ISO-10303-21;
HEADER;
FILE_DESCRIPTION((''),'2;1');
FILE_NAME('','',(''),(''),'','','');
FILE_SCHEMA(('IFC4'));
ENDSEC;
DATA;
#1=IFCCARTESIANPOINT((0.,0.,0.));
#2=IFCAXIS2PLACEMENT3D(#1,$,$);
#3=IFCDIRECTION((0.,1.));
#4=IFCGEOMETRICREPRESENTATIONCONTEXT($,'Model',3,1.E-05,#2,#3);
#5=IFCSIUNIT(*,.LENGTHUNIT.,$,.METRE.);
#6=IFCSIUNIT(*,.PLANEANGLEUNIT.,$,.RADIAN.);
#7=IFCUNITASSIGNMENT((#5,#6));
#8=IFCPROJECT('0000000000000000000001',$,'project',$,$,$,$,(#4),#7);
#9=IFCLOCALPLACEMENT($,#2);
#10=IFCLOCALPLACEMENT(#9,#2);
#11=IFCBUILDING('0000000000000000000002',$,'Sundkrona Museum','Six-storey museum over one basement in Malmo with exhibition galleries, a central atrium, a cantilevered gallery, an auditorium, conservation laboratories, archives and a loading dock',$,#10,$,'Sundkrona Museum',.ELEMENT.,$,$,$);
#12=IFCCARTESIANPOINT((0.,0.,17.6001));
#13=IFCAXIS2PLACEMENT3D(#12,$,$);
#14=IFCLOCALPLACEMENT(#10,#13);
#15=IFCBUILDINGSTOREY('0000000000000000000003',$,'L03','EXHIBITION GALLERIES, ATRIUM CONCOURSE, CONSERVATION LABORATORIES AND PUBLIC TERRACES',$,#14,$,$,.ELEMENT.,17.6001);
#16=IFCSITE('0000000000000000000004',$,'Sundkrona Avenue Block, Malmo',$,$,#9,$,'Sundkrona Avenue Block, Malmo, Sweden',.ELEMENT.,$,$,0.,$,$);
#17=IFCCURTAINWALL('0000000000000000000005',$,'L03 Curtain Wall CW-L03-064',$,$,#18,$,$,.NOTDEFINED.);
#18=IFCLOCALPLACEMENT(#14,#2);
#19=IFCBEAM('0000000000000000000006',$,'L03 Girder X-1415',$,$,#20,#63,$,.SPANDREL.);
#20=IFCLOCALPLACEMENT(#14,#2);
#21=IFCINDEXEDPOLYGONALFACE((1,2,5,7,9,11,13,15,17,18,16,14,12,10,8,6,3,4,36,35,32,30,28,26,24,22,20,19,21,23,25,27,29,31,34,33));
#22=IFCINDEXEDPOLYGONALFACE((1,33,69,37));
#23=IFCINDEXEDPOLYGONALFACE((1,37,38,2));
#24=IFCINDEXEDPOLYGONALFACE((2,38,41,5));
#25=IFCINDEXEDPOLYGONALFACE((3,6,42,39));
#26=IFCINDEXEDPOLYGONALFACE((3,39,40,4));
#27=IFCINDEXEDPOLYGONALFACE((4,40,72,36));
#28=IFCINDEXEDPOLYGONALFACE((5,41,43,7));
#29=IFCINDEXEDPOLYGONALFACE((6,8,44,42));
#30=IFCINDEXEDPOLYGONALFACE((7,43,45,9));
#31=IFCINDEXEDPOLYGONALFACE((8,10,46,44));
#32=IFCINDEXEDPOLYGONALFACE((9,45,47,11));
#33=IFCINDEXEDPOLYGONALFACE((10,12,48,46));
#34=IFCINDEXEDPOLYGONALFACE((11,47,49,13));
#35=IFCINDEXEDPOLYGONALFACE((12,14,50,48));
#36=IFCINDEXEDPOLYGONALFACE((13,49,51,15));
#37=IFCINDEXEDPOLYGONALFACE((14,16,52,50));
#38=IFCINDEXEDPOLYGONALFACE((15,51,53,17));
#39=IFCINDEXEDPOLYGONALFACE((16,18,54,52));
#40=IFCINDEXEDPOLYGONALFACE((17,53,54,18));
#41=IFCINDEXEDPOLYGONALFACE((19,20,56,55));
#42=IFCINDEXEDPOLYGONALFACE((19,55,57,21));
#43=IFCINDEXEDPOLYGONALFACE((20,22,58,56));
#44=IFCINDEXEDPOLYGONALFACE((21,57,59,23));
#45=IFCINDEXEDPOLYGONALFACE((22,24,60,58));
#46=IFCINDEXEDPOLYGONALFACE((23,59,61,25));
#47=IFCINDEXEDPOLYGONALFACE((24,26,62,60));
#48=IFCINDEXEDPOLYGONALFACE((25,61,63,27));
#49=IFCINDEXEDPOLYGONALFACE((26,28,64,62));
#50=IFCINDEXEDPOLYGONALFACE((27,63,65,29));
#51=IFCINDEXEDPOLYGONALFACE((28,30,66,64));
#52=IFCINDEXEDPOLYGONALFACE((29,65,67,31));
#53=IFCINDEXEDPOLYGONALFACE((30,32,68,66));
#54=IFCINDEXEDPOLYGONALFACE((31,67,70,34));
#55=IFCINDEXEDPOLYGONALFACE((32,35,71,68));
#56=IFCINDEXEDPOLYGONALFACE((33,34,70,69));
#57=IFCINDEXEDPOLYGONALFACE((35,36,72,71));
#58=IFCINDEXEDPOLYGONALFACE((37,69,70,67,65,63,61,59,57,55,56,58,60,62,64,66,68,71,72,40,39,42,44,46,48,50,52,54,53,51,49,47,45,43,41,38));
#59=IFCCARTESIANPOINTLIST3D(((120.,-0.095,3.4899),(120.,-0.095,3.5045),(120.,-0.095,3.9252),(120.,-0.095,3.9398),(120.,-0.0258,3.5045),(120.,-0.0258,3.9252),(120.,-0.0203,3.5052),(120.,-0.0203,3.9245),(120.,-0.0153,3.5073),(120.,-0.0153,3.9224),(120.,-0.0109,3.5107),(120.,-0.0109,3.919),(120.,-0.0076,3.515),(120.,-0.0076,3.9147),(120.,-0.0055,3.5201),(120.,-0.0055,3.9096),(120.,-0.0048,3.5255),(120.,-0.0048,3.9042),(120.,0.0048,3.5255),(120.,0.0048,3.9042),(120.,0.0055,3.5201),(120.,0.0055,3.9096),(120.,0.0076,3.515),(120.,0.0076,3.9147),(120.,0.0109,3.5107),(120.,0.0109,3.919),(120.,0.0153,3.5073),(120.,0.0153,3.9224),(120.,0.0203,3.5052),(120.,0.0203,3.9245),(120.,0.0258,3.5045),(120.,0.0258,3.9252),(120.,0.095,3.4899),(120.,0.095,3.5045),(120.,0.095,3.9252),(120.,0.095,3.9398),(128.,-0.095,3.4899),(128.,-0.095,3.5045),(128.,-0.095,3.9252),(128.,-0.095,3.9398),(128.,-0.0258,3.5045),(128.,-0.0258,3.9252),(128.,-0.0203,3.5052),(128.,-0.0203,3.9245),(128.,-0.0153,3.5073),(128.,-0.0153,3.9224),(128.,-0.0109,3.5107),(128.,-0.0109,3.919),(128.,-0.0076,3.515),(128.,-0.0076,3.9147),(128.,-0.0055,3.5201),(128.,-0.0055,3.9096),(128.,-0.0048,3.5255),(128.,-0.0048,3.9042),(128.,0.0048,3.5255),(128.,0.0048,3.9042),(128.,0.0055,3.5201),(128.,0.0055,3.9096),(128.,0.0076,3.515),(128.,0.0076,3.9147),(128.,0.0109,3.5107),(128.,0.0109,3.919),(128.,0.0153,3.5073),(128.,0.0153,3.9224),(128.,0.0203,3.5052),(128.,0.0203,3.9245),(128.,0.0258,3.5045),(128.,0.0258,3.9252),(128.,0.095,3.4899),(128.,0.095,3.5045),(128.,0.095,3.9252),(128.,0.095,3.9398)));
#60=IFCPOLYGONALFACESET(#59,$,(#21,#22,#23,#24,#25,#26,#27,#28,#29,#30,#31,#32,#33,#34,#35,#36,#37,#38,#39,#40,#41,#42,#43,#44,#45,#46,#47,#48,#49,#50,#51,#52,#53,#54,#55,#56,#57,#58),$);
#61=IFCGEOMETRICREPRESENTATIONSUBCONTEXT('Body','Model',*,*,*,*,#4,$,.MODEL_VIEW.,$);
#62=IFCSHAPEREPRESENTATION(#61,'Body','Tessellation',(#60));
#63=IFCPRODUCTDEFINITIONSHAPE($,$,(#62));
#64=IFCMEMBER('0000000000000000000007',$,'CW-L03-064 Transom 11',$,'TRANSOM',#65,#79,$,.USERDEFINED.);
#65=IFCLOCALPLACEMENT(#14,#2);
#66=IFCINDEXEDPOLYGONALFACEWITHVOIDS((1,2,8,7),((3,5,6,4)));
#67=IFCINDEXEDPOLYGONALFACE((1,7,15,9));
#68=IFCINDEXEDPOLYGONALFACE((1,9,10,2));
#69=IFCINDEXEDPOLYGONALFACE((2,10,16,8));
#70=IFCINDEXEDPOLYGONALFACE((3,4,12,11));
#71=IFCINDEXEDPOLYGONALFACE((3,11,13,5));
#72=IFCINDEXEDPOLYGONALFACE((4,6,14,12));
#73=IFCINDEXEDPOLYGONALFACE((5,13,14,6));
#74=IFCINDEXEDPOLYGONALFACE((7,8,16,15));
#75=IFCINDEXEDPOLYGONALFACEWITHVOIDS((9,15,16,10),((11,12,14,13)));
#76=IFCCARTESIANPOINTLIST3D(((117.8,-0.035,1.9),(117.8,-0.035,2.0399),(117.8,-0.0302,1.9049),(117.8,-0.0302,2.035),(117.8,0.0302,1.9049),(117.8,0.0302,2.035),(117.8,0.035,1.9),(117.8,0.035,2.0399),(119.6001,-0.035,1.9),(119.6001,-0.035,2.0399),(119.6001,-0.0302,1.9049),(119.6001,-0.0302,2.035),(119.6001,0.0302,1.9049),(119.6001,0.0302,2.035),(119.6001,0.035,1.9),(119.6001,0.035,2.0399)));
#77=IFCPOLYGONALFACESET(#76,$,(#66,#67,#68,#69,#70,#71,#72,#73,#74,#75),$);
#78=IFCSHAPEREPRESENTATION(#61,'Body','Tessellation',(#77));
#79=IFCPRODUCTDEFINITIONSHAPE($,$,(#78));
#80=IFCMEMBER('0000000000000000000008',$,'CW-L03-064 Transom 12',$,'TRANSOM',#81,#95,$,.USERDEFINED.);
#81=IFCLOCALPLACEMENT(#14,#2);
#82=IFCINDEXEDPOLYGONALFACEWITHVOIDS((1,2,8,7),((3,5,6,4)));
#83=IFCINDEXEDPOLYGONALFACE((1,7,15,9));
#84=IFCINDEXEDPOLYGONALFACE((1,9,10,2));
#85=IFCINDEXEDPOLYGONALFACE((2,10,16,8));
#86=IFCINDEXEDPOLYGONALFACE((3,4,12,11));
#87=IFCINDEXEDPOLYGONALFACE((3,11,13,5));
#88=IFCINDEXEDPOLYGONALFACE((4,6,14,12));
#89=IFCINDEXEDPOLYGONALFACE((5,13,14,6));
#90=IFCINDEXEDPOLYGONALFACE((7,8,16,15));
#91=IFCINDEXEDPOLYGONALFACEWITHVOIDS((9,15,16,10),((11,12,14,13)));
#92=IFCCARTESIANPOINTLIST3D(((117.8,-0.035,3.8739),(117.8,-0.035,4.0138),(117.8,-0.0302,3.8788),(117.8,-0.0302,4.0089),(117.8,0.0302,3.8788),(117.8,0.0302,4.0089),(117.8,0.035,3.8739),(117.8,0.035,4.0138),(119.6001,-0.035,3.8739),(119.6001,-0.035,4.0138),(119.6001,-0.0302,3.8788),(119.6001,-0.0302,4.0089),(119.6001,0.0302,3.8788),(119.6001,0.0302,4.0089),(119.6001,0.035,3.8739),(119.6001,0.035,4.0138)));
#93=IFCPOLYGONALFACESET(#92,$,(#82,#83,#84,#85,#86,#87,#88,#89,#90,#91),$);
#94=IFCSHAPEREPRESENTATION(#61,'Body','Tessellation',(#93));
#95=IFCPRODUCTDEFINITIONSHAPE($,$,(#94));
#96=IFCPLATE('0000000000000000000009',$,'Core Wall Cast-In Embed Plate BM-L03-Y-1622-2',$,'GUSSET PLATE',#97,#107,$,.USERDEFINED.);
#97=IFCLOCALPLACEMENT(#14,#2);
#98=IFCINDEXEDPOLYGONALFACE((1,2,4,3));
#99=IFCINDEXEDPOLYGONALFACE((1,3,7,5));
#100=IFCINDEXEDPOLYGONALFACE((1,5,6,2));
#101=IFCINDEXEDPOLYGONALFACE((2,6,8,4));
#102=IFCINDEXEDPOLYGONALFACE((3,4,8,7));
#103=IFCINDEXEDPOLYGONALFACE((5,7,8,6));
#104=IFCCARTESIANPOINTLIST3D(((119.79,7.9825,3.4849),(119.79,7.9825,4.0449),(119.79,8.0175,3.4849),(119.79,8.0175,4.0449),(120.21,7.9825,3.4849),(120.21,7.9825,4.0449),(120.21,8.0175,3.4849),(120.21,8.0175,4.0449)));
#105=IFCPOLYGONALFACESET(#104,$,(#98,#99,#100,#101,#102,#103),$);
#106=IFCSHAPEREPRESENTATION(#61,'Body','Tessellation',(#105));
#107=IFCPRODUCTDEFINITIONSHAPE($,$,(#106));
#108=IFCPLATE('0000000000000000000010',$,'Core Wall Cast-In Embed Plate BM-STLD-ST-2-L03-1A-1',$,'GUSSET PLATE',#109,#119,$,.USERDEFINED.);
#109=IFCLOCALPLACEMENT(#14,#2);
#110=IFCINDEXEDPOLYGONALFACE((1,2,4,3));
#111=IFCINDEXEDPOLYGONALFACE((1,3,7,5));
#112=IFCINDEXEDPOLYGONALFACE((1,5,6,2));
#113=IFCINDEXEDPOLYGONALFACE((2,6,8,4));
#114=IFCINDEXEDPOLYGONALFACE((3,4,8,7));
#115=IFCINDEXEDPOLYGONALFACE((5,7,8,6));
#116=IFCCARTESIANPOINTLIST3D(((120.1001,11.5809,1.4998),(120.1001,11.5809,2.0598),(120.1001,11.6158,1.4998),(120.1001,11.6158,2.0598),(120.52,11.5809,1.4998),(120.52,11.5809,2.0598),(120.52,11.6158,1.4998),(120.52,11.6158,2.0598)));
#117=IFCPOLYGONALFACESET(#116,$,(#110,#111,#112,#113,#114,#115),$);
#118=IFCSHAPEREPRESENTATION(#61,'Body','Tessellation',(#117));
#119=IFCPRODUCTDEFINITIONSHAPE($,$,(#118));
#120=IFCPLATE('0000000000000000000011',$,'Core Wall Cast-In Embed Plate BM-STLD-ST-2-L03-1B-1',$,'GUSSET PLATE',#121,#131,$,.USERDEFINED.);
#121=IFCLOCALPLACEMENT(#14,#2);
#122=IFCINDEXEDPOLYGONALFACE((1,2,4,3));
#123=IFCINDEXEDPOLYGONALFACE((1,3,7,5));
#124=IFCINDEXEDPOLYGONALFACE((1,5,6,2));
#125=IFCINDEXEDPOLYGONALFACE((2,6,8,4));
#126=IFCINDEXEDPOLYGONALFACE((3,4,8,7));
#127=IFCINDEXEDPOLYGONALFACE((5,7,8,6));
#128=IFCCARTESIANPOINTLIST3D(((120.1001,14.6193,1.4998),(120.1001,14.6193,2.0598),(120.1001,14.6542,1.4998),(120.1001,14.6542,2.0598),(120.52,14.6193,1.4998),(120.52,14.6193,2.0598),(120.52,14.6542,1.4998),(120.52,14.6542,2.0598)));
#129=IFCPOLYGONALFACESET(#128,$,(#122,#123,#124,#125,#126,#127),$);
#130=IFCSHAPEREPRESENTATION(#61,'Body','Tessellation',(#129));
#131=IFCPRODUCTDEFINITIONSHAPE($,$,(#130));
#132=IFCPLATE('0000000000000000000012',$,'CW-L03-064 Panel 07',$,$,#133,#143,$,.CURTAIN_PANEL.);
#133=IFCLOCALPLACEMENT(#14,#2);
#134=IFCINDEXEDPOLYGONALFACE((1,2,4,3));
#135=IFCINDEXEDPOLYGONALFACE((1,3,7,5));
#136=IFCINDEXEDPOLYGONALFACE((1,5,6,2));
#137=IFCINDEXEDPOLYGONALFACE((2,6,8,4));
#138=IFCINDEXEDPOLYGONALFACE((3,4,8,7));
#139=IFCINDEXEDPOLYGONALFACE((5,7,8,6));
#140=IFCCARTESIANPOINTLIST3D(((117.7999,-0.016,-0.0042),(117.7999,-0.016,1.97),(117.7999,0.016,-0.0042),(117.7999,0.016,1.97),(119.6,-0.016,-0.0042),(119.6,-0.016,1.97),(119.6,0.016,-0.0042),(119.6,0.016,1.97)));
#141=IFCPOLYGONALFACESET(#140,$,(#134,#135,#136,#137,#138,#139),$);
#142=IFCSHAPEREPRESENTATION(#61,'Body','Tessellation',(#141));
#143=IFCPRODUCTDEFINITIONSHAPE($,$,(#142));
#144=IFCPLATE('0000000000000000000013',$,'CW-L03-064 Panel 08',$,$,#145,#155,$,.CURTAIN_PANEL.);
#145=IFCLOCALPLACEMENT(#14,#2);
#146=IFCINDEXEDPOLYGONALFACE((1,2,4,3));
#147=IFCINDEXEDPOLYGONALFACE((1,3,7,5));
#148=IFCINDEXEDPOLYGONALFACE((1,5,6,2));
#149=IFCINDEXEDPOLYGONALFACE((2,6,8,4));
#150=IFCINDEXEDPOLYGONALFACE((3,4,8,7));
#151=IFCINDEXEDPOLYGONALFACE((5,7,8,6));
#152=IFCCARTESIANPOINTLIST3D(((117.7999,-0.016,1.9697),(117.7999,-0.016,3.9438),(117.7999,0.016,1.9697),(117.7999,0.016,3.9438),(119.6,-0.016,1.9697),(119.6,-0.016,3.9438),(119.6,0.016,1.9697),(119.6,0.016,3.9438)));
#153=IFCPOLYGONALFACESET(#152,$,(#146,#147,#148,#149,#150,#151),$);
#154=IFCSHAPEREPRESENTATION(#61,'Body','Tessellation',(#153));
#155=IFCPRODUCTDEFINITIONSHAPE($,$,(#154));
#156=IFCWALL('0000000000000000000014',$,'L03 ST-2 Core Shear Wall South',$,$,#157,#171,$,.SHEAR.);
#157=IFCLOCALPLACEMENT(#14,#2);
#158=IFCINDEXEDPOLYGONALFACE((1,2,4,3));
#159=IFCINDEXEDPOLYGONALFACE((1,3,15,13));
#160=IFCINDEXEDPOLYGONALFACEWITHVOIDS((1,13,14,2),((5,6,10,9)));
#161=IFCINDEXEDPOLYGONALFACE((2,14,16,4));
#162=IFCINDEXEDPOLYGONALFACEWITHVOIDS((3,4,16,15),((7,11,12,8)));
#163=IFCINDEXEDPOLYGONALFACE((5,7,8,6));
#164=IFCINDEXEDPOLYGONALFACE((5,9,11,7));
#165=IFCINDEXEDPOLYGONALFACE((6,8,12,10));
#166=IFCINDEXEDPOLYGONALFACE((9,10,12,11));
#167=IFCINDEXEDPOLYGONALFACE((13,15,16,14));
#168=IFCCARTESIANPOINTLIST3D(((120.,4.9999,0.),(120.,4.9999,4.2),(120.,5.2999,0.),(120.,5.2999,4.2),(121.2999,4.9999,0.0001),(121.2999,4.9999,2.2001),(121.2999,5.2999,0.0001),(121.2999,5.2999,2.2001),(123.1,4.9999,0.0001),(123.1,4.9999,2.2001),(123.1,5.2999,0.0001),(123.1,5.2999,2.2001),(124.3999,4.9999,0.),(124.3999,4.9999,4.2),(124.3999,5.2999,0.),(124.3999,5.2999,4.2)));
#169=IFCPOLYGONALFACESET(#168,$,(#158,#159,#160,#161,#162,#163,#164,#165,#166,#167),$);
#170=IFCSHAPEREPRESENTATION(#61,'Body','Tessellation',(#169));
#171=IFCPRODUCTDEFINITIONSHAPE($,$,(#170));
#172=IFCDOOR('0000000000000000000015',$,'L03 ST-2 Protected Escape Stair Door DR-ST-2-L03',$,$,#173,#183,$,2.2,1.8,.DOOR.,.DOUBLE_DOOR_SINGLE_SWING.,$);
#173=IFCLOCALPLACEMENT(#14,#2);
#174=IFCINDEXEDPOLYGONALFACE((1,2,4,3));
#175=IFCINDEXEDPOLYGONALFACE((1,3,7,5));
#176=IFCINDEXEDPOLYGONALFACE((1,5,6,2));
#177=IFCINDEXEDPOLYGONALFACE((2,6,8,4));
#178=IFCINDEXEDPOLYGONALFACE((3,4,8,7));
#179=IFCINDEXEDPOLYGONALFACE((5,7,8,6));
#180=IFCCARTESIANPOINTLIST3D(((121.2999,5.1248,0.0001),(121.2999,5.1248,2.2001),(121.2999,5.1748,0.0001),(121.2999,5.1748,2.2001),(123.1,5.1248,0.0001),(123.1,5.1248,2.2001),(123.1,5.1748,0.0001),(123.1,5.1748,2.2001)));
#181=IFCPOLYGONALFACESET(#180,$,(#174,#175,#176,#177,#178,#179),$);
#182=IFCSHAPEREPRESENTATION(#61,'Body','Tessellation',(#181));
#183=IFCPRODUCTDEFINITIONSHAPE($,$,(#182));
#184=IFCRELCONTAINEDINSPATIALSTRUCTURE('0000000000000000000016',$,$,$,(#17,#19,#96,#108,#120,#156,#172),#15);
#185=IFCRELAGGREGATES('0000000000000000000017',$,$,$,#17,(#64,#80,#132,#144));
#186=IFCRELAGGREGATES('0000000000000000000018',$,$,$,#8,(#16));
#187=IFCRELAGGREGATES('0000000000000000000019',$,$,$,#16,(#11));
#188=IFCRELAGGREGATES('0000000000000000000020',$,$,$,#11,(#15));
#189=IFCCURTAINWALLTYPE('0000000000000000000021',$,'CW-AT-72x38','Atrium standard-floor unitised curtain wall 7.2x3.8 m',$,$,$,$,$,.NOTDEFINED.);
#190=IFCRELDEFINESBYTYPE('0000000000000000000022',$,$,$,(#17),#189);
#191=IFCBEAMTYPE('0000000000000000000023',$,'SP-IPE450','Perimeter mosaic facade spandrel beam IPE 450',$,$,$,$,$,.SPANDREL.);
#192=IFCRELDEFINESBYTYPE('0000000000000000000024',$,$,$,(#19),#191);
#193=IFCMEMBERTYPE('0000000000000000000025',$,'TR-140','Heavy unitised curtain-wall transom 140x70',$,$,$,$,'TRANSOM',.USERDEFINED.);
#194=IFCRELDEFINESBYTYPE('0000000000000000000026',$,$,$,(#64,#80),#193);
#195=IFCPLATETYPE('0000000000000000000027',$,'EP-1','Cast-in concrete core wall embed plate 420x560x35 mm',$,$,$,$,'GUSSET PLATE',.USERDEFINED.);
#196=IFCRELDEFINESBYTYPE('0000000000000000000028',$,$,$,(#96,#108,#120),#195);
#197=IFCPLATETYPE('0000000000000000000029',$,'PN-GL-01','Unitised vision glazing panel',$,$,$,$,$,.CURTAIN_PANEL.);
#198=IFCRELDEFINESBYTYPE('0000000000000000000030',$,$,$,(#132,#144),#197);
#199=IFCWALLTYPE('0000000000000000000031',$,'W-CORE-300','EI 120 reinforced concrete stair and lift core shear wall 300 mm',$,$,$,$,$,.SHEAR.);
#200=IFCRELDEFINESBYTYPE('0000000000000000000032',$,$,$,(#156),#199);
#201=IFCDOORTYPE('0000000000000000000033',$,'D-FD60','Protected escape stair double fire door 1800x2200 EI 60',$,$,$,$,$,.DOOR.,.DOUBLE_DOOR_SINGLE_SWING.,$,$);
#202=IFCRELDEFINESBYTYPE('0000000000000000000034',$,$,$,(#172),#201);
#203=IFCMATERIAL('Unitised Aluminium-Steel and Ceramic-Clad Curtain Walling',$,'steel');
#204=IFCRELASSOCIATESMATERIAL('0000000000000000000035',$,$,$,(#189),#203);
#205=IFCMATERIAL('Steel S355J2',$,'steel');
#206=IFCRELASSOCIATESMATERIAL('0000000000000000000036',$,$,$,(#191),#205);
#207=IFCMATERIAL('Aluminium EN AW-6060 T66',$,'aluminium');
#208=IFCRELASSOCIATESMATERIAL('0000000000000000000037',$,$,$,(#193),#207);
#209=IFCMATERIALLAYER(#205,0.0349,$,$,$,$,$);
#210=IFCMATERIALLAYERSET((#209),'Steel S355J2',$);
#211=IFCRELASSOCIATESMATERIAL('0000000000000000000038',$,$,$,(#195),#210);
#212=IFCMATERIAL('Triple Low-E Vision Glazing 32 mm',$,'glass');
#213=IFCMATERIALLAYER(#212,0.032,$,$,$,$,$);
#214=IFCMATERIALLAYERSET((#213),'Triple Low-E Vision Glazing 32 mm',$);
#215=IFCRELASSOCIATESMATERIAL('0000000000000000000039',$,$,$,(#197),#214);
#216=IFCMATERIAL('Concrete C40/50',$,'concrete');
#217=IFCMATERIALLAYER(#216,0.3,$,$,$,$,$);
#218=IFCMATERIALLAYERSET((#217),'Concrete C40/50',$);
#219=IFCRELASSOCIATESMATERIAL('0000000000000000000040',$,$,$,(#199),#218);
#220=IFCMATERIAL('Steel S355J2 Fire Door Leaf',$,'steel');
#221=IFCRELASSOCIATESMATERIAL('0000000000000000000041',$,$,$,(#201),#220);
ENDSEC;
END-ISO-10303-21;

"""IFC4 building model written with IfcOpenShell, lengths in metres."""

from ifc_helpers import new_model, si_unit, direction, frame, frame_2d, origin, origin_2d, place, context, subcontext, project, spatial, rectangle, hollow_rectangle, i_section, extrude, material, layer, layer_set, material_profile, profile_set, type_object, element, fill, aggregate, save


model = new_model("IFC4")

# Units and contexts
model_context = context("Model", 3, precision=1e-05, world=origin(), true_north=direction((0.0, 1.0)))
body_context = subcontext(model_context, "Body", "Model", "MODEL_VIEW")
ifc_project = project(units=[si_unit("LENGTHUNIT", "METRE"), si_unit("PLANEANGLEUNIT", "RADIAN")], contexts=[model_context])

# Site, building, storey
site_placement = place(None, origin())
site = spatial("IfcSite", under=ifc_project, at=site_placement, Name="Sundkrona Avenue Block, Malmo", LongName="Sundkrona Avenue Block, Malmo, Sweden", CompositionType="ELEMENT", RefElevation=0.0)
building_placement = place(site_placement, origin())
building = spatial("IfcBuilding", under=site, at=building_placement, Name="Sundkrona Museum", Description="Six-storey museum over one basement in Malmo with exhibition galleries, a central atrium, a cantilevered gallery, an auditorium, conservation laboratories, archives and a loading dock", LongName="Sundkrona Museum", CompositionType="ELEMENT")
storey_placement = place(building_placement, frame((0.0, 0.0, 17.6001)))
storey = spatial("IfcBuildingStorey", under=building, at=storey_placement, Name="L03", Description="EXHIBITION GALLERIES, ATRIUM CONCOURSE, CONSERVATION LABORATORIES AND PUBLIC TERRACES", CompositionType="ELEMENT", Elevation=17.6001)

# Shared definitions
ifc_material_1 = material(Name="Steel S355J2", Category="steel")

# Curtain wall
ifc_material_2 = material(Name="Unitised Aluminium-Steel and Ceramic-Clad Curtain Walling", Category="steel")
curtain_wall_type = type_object("IfcCurtainWallType", Name="CW-AT-72x38", Description="Atrium standard-floor unitised curtain wall 7.2x3.8 m", PredefinedType="NOTDEFINED", material=ifc_material_2)
curtain_wall_placement = place(storey_placement, origin())
curtain_wall = element("IfcCurtainWall", 1, at=curtain_wall_placement, inside=storey, type_object=curtain_wall_type, Name="L03 Curtain Wall CW-L03-064", PredefinedType="NOTDEFINED")
ifc_material_3 = material(Name="Aluminium EN AW-6060 T66", Category="aluminium")

# Beam
ifc_material_profile_1 = material_profile(ifc_material_1, i_section(OverallWidth=0.1899, OverallDepth=0.45, WebThickness=0.0095, FlangeThickness=0.0146, FilletRadius=0.021, at=origin_2d()), Name="IPE 450")
ifc_profile_set_1 = profile_set([ifc_material_profile_1], Name="Steel S355J2")
beam_type_1 = type_object("IfcBeamType", Name="SP-IPE450", Description="Perimeter mosaic facade spandrel beam IPE 450", PredefinedType="SPANDREL", material=ifc_profile_set_1)
beam_placement = place(storey_placement, frame((120.0, 0.0, 3.7148), z_axis=(1.0, 0.0, 0.0), x_axis=(0.0, 1.0, 0.0)))
element("IfcBeam", 2, at=beam_placement, inside=storey, type_object=beam_type_1, Name="L03 Girder X-1415", PredefinedType="SPANDREL", context=body_context, shape_type="SweptSolid", body=[
    extrude(i_section(OverallWidth=0.1899, OverallDepth=0.45, WebThickness=0.0095, FlangeThickness=0.0146, FilletRadius=0.021, at=origin_2d()), origin(), (0.0, 0.0, 1.0), 8.0),
])

# Members
ifc_material_profile_2 = material_profile(ifc_material_3, hollow_rectangle(XDim=0.0701, YDim=0.1399, WallThickness=0.0049, at=origin_2d()), Name="RHS 140x70x5.0")
ifc_profile_set_2 = profile_set([ifc_material_profile_2], Name="Aluminium EN AW-6060 T66")
member_type_1 = type_object("IfcMemberType", Name="TR-140", Description="Heavy unitised curtain-wall transom 140x70", ElementType="TRANSOM", PredefinedType="USERDEFINED", material=ifc_profile_set_2)
member_1_placement = place(storey_placement, frame((117.8, 0.0, 1.97), z_axis=(1.0, 0.0, 0.0), x_axis=(0.0, 1.0, 0.0)))
member_1 = element("IfcMember", 3, at=member_1_placement, type_object=member_type_1, Name="CW-L03-064 Transom 11", ObjectType="TRANSOM", PredefinedType="USERDEFINED", context=body_context, shape_type="SweptSolid", body=[
    extrude(hollow_rectangle(XDim=0.0701, YDim=0.1399, WallThickness=0.0049, at=origin_2d()), origin(), (0.0, 0.0, 1.0), 1.8),
])
member_2_placement = place(storey_placement, frame((117.8, 0.0, 3.9438), z_axis=(1.0, 0.0, 0.0), x_axis=(0.0, 1.0, 0.0)))
member_2 = element("IfcMember", 4, at=member_2_placement, type_object=member_type_1, Name="CW-L03-064 Transom 12", ObjectType="TRANSOM", PredefinedType="USERDEFINED", context=body_context, shape_type="SweptSolid", body=[
    extrude(hollow_rectangle(XDim=0.0701, YDim=0.1399, WallThickness=0.0049, at=origin_2d()), origin(), (0.0, 0.0, 1.0), 1.8),
])

# Plates
ifc_layer_1 = layer(ifc_material_1, 0.0349)
ifc_layer_set_1 = layer_set([ifc_layer_1], Name="Steel S355J2")
plate_type_1 = type_object("IfcPlateType", Name="EP-1", Description="Cast-in concrete core wall embed plate 420x560x35 mm", ElementType="GUSSET PLATE", PredefinedType="USERDEFINED", material=ifc_layer_set_1)
for number, where, z_axis, x_axis, name in (
    (5, (120.0, 8.0, 3.4849), (0.0, 0.0, 1.0), (1.0, 0.0, 0.0), "Core Wall Cast-In Embed Plate BM-L03-Y-1622-2"),
    (6, (120.3101, 11.5984, 1.4998), (0.0, 0.0, 1.0), (1.0, 0.0, 0.0), "Core Wall Cast-In Embed Plate BM-STLD-ST-2-L03-1A-1"),
    (7, (120.3101, 14.6367, 1.4998), (0.0, 0.0, 1.0), (1.0, 0.0, 0.0), "Core Wall Cast-In Embed Plate BM-STLD-ST-2-L03-1B-1"),
):
    element("IfcPlate", number, at=place(storey_placement, frame(where, z_axis=z_axis, x_axis=x_axis)), inside=storey, type_object=plate_type_1, Name=name, ObjectType="GUSSET PLATE", PredefinedType="USERDEFINED", context=body_context, shape_type="SweptSolid", body=[
        extrude(rectangle(XDim=0.4199, YDim=0.0349, at=origin_2d()), origin(), (0.0, 0.0, 1.0), 0.5601),
    ])

# Plates
ifc_material_4 = material(Name="Triple Low-E Vision Glazing 32 mm", Category="glass")
ifc_layer_2 = layer(ifc_material_4, 0.032)
ifc_layer_set_2 = layer_set([ifc_layer_2], Name="Triple Low-E Vision Glazing 32 mm")
plate_type_2 = type_object("IfcPlateType", Name="PN-GL-01", Description="Unitised vision glazing panel", PredefinedType="CURTAIN_PANEL", material=ifc_layer_set_2)
plate_1_placement = place(storey_placement, frame((118.7, 0.0, -0.0042), z_axis=(0.0, 0.0, 1.0), x_axis=(1.0, 0.0, 0.0)))
plate_1 = element("IfcPlate", 8, at=plate_1_placement, type_object=plate_type_2, Name="CW-L03-064 Panel 07", PredefinedType="CURTAIN_PANEL", context=body_context, shape_type="SweptSolid", body=[
    extrude(rectangle(XDim=1.8, YDim=0.032, at=origin_2d()), origin(), (0.0, 0.0, 1.0), 1.9741),
])
plate_2_placement = place(storey_placement, frame((118.7, 0.0, 1.9697), z_axis=(0.0, 0.0, 1.0), x_axis=(1.0, 0.0, 0.0)))
plate_2 = element("IfcPlate", 9, at=plate_2_placement, type_object=plate_type_2, Name="CW-L03-064 Panel 08", PredefinedType="CURTAIN_PANEL", context=body_context, shape_type="SweptSolid", body=[
    extrude(rectangle(XDim=1.8, YDim=0.032, at=origin_2d()), origin(), (0.0, 0.0, 1.0), 1.9741),
])
aggregate(curtain_wall, [member_1, member_2, plate_1, plate_2])

# Wall, opening, door
ifc_material_5 = material(Name="Concrete C40/50", Category="concrete")
ifc_layer_3 = layer(ifc_material_5, 0.3)
ifc_layer_set_3 = layer_set([ifc_layer_3], Name="Concrete C40/50")
wall_type_1 = type_object("IfcWallType", Name="W-CORE-300", Description="EI 120 reinforced concrete stair and lift core shear wall 300 mm", PredefinedType="SHEAR", material=ifc_layer_set_3)
wall_1_placement = place(storey_placement, frame((120.0, 5.1499, 0.0), z_axis=(0.0, 0.0, 1.0), x_axis=(1.0, 0.0, 0.0)))
wall_1 = element("IfcWall", 10, at=wall_1_placement, inside=storey, type_object=wall_type_1, Name="L03 ST-2 Core Shear Wall South", PredefinedType="SHEAR", context=body_context, shape_type="SweptSolid", body=[
    extrude(rectangle(XDim=4.3999, YDim=0.3, at=frame_2d((2.2, 0.0))), origin(), (0.0, 0.0, 1.0), 4.2),
])
opening_placement = place(wall_1_placement, frame((1.3, 0.0, 0.0)))
opening = element("IfcOpeningElement", 11, at=opening_placement, cuts=wall_1, PredefinedType="OPENING", context=body_context, shape_type="SweptSolid", body=[
    extrude(rectangle(XDim=1.8, YDim=2.2, at=frame_2d((0.8999, 1.1001))), frame((0.0, 0.1599, 0.0), z_axis=(0.0, -1.0, 0.0), x_axis=(1.0, 0.0, 0.0)), (0.0, 0.0, 1.0), 0.3201),
])
ifc_material_6 = material(Name="Steel S355J2 Fire Door Leaf", Category="steel")
door_type = type_object("IfcDoorType", Name="D-FD60", Description="Protected escape stair double fire door 1800x2200 EI 60", OperationType="DOUBLE_DOOR_SINGLE_SWING", PredefinedType="DOOR", material=ifc_material_6)
door_placement = place(opening_placement, origin())
door = element("IfcDoor", 12, at=door_placement, inside=storey, type_object=door_type, Name="L03 ST-2 Protected Escape Stair Door DR-ST-2-L03", OperationType="DOUBLE_DOOR_SINGLE_SWING", OverallHeight=2.2, OverallWidth=1.8, PredefinedType="DOOR", context=body_context, shape_type="SweptSolid", body=[
    extrude(rectangle(XDim=1.8, YDim=2.2, at=frame_2d((0.8999, 1.1001))), frame((0.0, 0.0249, 0.0), z_axis=(0.0, -1.0, 0.0), x_axis=(1.0, 0.0, 0.0)), (0.0, 0.0, 1.0), 0.05),
])
fill(opening, door)

save(model, "model.ifc")
